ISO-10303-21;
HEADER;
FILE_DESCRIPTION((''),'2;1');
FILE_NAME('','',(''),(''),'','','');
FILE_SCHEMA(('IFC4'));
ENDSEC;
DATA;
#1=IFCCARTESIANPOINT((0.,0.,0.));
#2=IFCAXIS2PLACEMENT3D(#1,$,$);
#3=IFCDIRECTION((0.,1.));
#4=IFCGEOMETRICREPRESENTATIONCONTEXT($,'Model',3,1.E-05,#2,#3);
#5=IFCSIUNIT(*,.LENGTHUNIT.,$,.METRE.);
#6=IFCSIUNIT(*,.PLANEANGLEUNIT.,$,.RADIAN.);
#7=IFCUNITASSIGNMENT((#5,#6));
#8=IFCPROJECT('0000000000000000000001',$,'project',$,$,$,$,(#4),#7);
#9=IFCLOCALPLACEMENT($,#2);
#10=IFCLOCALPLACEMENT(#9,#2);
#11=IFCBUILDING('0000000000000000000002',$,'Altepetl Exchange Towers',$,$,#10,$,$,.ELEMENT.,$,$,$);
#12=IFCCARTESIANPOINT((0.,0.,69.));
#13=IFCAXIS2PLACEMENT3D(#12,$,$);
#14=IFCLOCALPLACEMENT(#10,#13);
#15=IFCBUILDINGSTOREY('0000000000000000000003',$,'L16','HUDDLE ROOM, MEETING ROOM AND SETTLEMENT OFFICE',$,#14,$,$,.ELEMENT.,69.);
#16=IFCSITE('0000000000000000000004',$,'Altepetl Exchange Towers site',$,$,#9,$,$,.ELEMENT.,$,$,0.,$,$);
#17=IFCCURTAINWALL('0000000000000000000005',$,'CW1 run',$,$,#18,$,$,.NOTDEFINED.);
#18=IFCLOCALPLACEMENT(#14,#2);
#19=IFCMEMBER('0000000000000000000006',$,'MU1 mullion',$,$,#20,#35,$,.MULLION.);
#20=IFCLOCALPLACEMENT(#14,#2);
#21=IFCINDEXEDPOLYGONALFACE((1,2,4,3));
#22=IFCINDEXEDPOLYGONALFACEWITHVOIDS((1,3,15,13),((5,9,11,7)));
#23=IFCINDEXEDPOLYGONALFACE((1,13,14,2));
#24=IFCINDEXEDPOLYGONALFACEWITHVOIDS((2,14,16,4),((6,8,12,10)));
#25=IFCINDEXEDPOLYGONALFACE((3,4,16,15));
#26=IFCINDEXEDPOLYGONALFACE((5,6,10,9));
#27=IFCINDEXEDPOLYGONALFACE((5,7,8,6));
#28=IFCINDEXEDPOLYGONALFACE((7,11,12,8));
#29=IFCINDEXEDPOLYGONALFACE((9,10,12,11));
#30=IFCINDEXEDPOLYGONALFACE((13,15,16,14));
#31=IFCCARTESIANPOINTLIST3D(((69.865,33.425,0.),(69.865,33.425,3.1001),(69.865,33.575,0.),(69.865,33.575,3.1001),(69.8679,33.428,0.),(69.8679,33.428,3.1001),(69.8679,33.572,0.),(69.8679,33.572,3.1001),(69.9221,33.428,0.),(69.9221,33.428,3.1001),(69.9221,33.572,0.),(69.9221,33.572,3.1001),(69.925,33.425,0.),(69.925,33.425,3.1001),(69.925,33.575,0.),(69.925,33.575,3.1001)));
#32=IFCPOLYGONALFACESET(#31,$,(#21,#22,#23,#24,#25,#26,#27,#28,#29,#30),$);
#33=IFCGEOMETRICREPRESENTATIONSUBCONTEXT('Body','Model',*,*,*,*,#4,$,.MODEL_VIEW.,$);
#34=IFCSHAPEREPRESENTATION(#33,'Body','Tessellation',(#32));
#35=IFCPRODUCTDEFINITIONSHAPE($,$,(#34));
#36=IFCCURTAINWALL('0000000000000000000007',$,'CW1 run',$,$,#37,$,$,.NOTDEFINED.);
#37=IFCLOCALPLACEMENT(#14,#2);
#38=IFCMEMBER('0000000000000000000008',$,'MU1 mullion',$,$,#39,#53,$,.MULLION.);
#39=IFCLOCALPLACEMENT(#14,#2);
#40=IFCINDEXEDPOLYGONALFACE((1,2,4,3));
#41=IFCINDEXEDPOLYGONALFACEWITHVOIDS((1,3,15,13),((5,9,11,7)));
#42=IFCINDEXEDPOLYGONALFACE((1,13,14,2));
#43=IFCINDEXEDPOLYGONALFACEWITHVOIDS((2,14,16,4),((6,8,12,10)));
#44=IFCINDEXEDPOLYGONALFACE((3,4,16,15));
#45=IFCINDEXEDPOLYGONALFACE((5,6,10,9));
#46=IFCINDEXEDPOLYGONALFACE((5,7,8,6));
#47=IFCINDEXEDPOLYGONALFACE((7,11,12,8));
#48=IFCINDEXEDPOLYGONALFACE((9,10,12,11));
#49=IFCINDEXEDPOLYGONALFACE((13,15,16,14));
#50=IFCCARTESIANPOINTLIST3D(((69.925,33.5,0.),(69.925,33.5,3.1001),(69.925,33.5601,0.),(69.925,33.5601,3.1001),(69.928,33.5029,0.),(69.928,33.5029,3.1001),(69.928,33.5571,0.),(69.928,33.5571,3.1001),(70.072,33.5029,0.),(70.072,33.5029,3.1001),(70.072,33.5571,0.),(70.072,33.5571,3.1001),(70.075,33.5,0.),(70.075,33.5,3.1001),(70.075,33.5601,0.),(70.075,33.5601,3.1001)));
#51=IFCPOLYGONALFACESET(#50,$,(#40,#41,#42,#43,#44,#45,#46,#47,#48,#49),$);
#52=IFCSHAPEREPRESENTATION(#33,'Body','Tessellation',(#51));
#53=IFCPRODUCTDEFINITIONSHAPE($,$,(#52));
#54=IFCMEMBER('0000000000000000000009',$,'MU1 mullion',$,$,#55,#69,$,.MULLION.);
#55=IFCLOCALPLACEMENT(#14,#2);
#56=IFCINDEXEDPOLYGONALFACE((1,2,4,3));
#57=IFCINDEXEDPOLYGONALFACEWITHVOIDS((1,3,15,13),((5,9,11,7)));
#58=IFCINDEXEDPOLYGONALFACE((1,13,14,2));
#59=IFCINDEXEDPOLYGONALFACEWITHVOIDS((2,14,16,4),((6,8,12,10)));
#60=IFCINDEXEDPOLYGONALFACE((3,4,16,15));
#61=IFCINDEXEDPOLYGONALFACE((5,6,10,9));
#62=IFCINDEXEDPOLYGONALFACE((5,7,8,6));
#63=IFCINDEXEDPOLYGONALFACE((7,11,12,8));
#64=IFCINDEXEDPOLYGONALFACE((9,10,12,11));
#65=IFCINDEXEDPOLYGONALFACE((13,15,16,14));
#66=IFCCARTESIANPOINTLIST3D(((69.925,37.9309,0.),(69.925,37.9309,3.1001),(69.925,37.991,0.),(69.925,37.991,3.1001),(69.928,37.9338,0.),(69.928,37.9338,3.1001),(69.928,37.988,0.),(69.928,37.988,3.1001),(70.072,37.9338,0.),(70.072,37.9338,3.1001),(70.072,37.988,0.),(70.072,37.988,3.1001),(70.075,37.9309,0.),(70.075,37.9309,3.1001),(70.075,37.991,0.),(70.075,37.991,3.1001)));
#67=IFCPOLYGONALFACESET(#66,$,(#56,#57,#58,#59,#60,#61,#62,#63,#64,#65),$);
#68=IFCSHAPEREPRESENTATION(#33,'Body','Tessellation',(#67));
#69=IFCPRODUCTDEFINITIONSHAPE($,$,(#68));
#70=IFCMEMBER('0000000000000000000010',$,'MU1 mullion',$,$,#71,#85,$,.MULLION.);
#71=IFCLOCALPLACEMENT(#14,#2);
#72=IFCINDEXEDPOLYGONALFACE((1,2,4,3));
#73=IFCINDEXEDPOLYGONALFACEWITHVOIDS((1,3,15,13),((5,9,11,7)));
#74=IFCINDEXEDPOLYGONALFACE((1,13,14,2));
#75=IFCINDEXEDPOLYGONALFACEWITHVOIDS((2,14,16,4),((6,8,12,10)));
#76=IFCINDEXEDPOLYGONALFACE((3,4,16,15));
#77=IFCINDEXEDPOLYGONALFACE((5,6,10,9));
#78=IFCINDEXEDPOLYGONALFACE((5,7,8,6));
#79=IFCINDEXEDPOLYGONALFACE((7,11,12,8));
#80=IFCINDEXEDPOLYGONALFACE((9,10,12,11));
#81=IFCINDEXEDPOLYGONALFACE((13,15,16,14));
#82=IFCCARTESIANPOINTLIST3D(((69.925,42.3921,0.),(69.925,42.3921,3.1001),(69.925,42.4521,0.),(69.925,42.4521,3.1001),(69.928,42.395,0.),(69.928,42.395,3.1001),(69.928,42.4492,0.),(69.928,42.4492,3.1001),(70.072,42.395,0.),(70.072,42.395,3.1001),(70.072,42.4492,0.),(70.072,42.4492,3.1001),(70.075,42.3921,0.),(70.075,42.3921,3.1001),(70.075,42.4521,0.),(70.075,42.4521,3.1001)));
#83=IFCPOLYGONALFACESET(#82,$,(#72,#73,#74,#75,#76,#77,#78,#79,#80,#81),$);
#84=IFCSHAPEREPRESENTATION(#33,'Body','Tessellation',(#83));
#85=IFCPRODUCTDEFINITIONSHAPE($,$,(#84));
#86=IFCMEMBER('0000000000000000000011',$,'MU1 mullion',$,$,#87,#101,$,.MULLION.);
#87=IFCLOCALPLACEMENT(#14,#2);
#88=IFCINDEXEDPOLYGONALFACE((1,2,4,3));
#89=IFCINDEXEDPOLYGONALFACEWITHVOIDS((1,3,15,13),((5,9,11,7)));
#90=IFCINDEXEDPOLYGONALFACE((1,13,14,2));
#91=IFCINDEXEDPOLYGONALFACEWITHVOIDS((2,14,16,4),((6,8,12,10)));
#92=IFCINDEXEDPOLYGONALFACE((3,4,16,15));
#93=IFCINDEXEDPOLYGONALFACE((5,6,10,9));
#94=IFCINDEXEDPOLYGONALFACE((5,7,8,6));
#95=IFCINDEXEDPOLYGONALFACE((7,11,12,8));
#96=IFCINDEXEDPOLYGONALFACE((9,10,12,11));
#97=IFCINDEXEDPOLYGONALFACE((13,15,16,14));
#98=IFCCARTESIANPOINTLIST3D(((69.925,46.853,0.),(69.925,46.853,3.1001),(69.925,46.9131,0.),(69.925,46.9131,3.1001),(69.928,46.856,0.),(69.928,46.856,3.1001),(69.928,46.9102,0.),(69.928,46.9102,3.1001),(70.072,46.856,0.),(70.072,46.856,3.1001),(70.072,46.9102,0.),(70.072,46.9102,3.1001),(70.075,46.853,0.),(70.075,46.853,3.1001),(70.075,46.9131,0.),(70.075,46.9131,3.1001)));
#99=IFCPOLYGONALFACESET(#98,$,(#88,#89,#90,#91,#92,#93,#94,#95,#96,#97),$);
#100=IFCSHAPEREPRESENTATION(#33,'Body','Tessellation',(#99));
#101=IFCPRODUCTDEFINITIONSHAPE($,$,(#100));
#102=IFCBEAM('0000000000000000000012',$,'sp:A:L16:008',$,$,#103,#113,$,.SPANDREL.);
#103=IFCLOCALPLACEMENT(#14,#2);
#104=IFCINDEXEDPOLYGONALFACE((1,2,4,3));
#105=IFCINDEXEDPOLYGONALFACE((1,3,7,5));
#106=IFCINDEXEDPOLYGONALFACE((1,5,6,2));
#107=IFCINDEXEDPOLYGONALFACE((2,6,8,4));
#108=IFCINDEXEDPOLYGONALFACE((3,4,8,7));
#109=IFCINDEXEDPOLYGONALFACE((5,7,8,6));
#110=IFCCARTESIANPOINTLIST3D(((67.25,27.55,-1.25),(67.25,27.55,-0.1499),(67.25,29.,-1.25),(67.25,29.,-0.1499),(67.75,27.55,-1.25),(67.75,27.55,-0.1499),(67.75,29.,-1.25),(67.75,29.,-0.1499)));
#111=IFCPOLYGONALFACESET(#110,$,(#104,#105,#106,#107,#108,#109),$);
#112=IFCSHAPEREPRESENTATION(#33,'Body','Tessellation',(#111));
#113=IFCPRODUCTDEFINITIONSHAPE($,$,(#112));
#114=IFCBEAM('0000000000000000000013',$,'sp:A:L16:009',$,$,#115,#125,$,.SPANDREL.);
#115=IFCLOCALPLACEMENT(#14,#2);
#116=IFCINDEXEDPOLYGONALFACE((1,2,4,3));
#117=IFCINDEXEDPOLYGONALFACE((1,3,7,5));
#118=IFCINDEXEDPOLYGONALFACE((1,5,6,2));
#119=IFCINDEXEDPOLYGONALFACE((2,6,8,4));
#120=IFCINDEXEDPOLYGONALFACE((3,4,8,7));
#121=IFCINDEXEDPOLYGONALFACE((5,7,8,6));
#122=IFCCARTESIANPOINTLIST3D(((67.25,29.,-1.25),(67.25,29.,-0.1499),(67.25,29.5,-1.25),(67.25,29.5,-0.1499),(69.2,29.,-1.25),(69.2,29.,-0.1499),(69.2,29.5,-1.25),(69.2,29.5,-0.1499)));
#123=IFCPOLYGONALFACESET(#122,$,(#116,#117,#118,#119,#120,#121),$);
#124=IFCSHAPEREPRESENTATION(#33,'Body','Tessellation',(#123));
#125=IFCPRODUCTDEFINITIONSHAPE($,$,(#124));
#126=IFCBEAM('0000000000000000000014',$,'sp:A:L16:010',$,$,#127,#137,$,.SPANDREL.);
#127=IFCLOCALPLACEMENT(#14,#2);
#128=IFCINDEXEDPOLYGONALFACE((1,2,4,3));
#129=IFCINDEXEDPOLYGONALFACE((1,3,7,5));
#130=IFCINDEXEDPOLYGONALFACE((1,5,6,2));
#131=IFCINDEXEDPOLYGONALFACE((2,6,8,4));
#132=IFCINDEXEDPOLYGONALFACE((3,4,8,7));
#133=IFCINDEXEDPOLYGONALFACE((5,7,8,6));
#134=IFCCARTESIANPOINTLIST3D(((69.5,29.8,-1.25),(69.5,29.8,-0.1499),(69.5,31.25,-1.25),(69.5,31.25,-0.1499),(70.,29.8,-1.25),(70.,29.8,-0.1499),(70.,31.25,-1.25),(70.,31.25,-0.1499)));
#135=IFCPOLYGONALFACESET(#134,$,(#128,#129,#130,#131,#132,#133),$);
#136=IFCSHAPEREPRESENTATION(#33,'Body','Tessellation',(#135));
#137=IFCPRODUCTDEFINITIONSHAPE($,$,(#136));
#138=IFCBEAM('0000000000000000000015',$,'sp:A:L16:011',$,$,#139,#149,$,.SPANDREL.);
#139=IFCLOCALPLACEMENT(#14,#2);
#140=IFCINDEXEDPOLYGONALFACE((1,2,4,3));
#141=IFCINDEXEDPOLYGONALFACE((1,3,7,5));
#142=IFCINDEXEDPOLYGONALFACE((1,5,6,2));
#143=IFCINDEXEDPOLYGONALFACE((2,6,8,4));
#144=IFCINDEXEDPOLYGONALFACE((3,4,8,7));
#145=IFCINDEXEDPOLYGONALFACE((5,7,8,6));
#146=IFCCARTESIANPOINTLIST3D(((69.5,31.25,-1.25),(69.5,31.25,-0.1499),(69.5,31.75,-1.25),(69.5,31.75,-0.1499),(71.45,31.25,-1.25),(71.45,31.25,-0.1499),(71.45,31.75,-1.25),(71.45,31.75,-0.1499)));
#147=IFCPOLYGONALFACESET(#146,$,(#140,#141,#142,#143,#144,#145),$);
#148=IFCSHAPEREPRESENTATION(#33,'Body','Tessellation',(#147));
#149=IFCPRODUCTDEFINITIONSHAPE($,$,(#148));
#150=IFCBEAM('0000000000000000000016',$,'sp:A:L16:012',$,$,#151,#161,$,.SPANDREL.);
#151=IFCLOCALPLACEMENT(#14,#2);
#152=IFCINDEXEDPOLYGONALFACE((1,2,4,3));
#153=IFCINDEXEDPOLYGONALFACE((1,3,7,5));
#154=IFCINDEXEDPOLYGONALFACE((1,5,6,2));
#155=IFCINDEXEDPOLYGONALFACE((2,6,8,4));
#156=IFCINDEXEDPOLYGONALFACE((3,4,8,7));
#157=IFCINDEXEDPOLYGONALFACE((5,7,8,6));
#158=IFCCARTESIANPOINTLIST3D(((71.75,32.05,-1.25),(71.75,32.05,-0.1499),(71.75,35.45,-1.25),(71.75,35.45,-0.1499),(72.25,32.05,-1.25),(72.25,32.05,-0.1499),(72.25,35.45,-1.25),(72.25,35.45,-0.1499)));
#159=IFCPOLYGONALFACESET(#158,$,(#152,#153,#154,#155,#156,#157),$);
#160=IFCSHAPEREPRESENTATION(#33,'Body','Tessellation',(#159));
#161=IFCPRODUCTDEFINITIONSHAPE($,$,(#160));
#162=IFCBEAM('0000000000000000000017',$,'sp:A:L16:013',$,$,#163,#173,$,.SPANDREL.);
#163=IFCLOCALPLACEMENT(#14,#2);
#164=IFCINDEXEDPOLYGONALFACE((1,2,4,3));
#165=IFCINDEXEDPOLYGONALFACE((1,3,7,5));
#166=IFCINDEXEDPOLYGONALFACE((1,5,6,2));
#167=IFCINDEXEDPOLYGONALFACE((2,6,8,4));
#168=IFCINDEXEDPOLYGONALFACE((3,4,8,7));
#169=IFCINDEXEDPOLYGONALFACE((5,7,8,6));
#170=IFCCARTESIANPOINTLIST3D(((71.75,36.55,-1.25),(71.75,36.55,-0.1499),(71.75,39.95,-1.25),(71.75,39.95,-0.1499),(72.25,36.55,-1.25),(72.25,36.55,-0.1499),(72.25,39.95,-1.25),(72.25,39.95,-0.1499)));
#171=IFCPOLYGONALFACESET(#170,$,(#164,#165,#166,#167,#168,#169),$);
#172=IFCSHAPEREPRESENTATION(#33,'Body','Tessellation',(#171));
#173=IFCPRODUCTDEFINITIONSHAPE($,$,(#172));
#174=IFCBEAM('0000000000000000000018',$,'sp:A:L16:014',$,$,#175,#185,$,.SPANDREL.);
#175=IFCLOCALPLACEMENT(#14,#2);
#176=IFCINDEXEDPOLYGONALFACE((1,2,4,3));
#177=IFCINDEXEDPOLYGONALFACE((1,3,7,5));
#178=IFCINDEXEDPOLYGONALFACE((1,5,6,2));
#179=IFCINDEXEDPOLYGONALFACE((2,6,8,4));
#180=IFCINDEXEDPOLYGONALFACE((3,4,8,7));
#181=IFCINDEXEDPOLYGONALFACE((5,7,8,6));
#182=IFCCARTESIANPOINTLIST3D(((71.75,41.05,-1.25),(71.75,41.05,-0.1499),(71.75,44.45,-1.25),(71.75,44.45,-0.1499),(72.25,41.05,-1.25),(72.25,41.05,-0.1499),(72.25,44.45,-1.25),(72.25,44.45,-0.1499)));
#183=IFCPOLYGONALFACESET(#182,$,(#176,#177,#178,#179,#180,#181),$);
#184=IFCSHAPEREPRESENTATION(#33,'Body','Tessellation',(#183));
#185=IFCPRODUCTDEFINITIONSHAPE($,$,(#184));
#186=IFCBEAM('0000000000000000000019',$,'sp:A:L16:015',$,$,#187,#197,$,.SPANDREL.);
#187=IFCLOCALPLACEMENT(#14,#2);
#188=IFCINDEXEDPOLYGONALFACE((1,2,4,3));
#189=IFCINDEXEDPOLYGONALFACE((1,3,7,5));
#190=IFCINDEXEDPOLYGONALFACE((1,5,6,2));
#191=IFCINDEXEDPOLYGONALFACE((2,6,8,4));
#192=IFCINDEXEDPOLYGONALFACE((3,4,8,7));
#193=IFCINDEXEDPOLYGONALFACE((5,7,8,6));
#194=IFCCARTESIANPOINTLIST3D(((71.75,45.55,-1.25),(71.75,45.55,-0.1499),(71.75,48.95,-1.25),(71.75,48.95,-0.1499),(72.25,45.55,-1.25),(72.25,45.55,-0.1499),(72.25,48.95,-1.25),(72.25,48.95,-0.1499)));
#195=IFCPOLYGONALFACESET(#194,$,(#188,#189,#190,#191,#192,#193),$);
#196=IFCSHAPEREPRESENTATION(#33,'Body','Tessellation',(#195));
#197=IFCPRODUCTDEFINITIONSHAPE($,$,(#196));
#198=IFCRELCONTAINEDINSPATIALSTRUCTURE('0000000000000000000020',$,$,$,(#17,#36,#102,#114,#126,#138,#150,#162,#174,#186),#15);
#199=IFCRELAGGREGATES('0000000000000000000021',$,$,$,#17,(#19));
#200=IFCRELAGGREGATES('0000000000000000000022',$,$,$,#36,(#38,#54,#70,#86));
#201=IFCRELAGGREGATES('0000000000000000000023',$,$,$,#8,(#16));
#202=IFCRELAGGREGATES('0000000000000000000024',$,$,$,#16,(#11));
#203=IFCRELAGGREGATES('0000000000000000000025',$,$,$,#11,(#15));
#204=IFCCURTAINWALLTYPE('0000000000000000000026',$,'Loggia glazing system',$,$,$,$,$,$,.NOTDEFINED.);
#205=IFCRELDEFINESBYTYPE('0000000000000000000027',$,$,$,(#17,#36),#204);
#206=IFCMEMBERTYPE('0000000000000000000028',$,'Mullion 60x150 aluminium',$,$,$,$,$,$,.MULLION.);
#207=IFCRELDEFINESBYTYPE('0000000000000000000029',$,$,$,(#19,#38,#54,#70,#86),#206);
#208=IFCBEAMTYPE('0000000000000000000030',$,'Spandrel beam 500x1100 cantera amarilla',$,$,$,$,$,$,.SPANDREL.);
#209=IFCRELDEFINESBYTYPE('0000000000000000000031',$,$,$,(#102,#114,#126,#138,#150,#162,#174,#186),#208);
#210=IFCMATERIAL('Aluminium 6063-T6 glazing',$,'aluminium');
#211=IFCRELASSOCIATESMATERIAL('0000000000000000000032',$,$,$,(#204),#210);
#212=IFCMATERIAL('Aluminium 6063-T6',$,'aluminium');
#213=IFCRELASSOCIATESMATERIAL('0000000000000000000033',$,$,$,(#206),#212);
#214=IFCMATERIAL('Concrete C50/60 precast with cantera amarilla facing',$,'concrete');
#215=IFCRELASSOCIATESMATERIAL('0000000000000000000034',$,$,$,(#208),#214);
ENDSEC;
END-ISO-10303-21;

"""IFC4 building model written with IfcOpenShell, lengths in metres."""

from ifc_helpers import new_model, si_unit, direction, frame, origin, origin_2d, place, context, subcontext, project, spatial, rectangle, hollow_rectangle, extrude, material, material_profile, profile_set, type_object, element, aggregate, save


model = new_model("IFC4")

# Units and contexts
model_context = context("Model", 3, precision=1e-05, world=origin(), true_north=direction((0.0, 1.0)))
body_context = subcontext(model_context, "Body", "Model", "MODEL_VIEW")
ifc_project = project(units=[si_unit("LENGTHUNIT", "METRE"), si_unit("PLANEANGLEUNIT", "RADIAN")], contexts=[model_context])

# Site, building, storey
site_placement = place(None, origin())
site = spatial("IfcSite", under=ifc_project, at=site_placement, Name="Altepetl Exchange Towers site", CompositionType="ELEMENT", RefElevation=0.0)
building_placement = place(site_placement, origin())
building = spatial("IfcBuilding", under=site, at=building_placement, Name="Altepetl Exchange Towers", CompositionType="ELEMENT")
storey_placement = place(building_placement, frame((0.0, 0.0, 69.0)))
storey = spatial("IfcBuildingStorey", under=building, at=storey_placement, Name="L16", Description="HUDDLE ROOM, MEETING ROOM AND SETTLEMENT OFFICE", CompositionType="ELEMENT", Elevation=69.0)

# Shared definitions
ifc_material_1 = material(Name="Aluminium 6063-T6 glazing", Category="aluminium")
curtain_wall_type = type_object("IfcCurtainWallType", Name="Loggia glazing system", PredefinedType="NOTDEFINED", material=ifc_material_1)
ifc_material_2 = material(Name="Aluminium 6063-T6", Category="aluminium")
ifc_material_profile_1 = material_profile(ifc_material_2, hollow_rectangle(XDim=0.0601, YDim=0.1499, WallThickness=0.0029, at=origin_2d()), Name="Mullion 60x150 aluminium")
ifc_profile_set_1 = profile_set([ifc_material_profile_1], Name="Aluminium 6063-T6")
member_type = type_object("IfcMemberType", Name="Mullion 60x150 aluminium", PredefinedType="MULLION", material=ifc_profile_set_1)

# Curtain walls, members
curtain_wall_1_placement = place(storey_placement, origin())
curtain_wall_1 = element("IfcCurtainWall", 1, at=curtain_wall_1_placement, inside=storey, type_object=curtain_wall_type, Name="CW1 run", PredefinedType="NOTDEFINED")
member_1_placement = place(storey_placement, frame((69.895, 33.5, 0.0)))
member_1 = element("IfcMember", 2, at=member_1_placement, type_object=member_type, Name="MU1 mullion", PredefinedType="MULLION", context=body_context, shape_type="SweptSolid", body=[
    extrude(hollow_rectangle(XDim=0.0601, YDim=0.1499, WallThickness=0.0029, at=origin_2d()), origin(), (0.0, 0.0, 1.0), 3.1001),
])
curtain_wall_2_placement = place(storey_placement, origin())
curtain_wall_2 = element("IfcCurtainWall", 3, at=curtain_wall_2_placement, inside=storey, type_object=curtain_wall_type, Name="CW1 run", PredefinedType="NOTDEFINED")
member_2_placement = place(storey_placement, frame((70.0, 33.53, 0.0), z_axis=(0.0, 0.0, 1.0), x_axis=(0.0, 1.0, 0.0)))
member_2 = element("IfcMember", 4, at=member_2_placement, type_object=member_type, Name="MU1 mullion", PredefinedType="MULLION", context=body_context, shape_type="SweptSolid", body=[
    extrude(hollow_rectangle(XDim=0.0601, YDim=0.1499, WallThickness=0.0029, at=origin_2d()), origin(), (0.0, 0.0, 1.0), 3.1001),
])
member_3_placement = place(storey_placement, frame((70.0, 37.9609, 0.0), z_axis=(0.0, 0.0, 1.0), x_axis=(0.0, 1.0, 0.0)))
member_3 = element("IfcMember", 5, at=member_3_placement, type_object=member_type, Name="MU1 mullion", PredefinedType="MULLION", context=body_context, shape_type="SweptSolid", body=[
    extrude(hollow_rectangle(XDim=0.0601, YDim=0.1499, WallThickness=0.0029, at=origin_2d()), origin(), (0.0, 0.0, 1.0), 3.1001),
])
member_4_placement = place(storey_placement, frame((70.0, 42.4221, 0.0), z_axis=(0.0, 0.0, 1.0), x_axis=(0.0, 1.0, 0.0)))
member_4 = element("IfcMember", 6, at=member_4_placement, type_object=member_type, Name="MU1 mullion", PredefinedType="MULLION", context=body_context, shape_type="SweptSolid", body=[
    extrude(hollow_rectangle(XDim=0.0601, YDim=0.1499, WallThickness=0.0029, at=origin_2d()), origin(), (0.0, 0.0, 1.0), 3.1001),
])
member_5_placement = place(storey_placement, frame((70.0, 46.8831, 0.0), z_axis=(0.0, 0.0, 1.0), x_axis=(0.0, 1.0, 0.0)))
member_5 = element("IfcMember", 7, at=member_5_placement, type_object=member_type, Name="MU1 mullion", PredefinedType="MULLION", context=body_context, shape_type="SweptSolid", body=[
    extrude(hollow_rectangle(XDim=0.0601, YDim=0.1499, WallThickness=0.0029, at=origin_2d()), origin(), (0.0, 0.0, 1.0), 3.1001),
])

# Beams
ifc_material_3 = material(Name="Concrete C50/60 precast with cantera amarilla facing", Category="concrete")
ifc_material_profile_2 = material_profile(ifc_material_3, rectangle(XDim=0.5, YDim=1.1001, at=origin_2d()), Name="500 x 1100")
ifc_profile_set_2 = profile_set([ifc_material_profile_2], Name="Concrete C50/60 precast with cantera amarilla facing")
beam_type_1 = type_object("IfcBeamType", Name="Spandrel beam 500x1100 cantera amarilla", PredefinedType="SPANDREL", material=ifc_profile_set_2)
beam_1_placement = place(storey_placement, frame((67.5, 27.55, -0.7), z_axis=(0.0, 1.0, 0.0), x_axis=(-1.0, 0.0, 0.0)))
element("IfcBeam", 8, at=beam_1_placement, inside=storey, type_object=beam_type_1, Name="sp:A:L16:008", PredefinedType="SPANDREL", context=body_context, shape_type="SweptSolid", body=[
    extrude(rectangle(XDim=0.5, YDim=1.1001, at=origin_2d()), origin(), (0.0, 0.0, 1.0), 1.45),
])
beam_2_placement = place(storey_placement, frame((67.25, 29.25, -0.7), z_axis=(1.0, 0.0, 0.0), x_axis=(0.0, 1.0, 0.0)))
element("IfcBeam", 9, at=beam_2_placement, inside=storey, type_object=beam_type_1, Name="sp:A:L16:009", PredefinedType="SPANDREL", context=body_context, shape_type="SweptSolid", body=[
    extrude(rectangle(XDim=0.5, YDim=1.1001, at=origin_2d()), origin(), (0.0, 0.0, 1.0), 1.95),
])
beam_3_placement = place(storey_placement, frame((69.75, 29.8, -0.7), z_axis=(0.0, 1.0, 0.0), x_axis=(-1.0, 0.0, 0.0)))
element("IfcBeam", 10, at=beam_3_placement, inside=storey, type_object=beam_type_1, Name="sp:A:L16:010", PredefinedType="SPANDREL", context=body_context, shape_type="SweptSolid", body=[
    extrude(rectangle(XDim=0.5, YDim=1.1001, at=origin_2d()), origin(), (0.0, 0.0, 1.0), 1.45),
])
beam_4_placement = place(storey_placement, frame((69.5, 31.5, -0.7), z_axis=(1.0, 0.0, 0.0), x_axis=(0.0, 1.0, 0.0)))
element("IfcBeam", 11, at=beam_4_placement, inside=storey, type_object=beam_type_1, Name="sp:A:L16:011", PredefinedType="SPANDREL", context=body_context, shape_type="SweptSolid", body=[
    extrude(rectangle(XDim=0.5, YDim=1.1001, at=origin_2d()), origin(), (0.0, 0.0, 1.0), 1.95),
])
for number, where, z_axis, x_axis, name in (
    (12, (72.0, 32.05, -0.7), (0.0, 1.0, 0.0), (-1.0, 0.0, 0.0), "sp:A:L16:012"),
    (13, (72.0, 36.55, -0.7), (0.0, 1.0, 0.0), (-1.0, 0.0, 0.0), "sp:A:L16:013"),
    (14, (72.0, 41.05, -0.7), (0.0, 1.0, 0.0), (-1.0, 0.0, 0.0), "sp:A:L16:014"),
    (15, (72.0, 45.55, -0.7), (0.0, 1.0, 0.0), (-1.0, 0.0, 0.0), "sp:A:L16:015"),
):
    element("IfcBeam", number, at=place(storey_placement, frame(where, z_axis=z_axis, x_axis=x_axis)), inside=storey, type_object=beam_type_1, Name=name, PredefinedType="SPANDREL", context=body_context, shape_type="SweptSolid", body=[
        extrude(rectangle(XDim=0.5, YDim=1.1001, at=origin_2d()), origin(), (0.0, 0.0, 1.0), 3.3999),
    ])

aggregate(curtain_wall_1, [member_1])
aggregate(curtain_wall_2, [member_2, member_3, member_4, member_5])

save(model, "model.ifc")
